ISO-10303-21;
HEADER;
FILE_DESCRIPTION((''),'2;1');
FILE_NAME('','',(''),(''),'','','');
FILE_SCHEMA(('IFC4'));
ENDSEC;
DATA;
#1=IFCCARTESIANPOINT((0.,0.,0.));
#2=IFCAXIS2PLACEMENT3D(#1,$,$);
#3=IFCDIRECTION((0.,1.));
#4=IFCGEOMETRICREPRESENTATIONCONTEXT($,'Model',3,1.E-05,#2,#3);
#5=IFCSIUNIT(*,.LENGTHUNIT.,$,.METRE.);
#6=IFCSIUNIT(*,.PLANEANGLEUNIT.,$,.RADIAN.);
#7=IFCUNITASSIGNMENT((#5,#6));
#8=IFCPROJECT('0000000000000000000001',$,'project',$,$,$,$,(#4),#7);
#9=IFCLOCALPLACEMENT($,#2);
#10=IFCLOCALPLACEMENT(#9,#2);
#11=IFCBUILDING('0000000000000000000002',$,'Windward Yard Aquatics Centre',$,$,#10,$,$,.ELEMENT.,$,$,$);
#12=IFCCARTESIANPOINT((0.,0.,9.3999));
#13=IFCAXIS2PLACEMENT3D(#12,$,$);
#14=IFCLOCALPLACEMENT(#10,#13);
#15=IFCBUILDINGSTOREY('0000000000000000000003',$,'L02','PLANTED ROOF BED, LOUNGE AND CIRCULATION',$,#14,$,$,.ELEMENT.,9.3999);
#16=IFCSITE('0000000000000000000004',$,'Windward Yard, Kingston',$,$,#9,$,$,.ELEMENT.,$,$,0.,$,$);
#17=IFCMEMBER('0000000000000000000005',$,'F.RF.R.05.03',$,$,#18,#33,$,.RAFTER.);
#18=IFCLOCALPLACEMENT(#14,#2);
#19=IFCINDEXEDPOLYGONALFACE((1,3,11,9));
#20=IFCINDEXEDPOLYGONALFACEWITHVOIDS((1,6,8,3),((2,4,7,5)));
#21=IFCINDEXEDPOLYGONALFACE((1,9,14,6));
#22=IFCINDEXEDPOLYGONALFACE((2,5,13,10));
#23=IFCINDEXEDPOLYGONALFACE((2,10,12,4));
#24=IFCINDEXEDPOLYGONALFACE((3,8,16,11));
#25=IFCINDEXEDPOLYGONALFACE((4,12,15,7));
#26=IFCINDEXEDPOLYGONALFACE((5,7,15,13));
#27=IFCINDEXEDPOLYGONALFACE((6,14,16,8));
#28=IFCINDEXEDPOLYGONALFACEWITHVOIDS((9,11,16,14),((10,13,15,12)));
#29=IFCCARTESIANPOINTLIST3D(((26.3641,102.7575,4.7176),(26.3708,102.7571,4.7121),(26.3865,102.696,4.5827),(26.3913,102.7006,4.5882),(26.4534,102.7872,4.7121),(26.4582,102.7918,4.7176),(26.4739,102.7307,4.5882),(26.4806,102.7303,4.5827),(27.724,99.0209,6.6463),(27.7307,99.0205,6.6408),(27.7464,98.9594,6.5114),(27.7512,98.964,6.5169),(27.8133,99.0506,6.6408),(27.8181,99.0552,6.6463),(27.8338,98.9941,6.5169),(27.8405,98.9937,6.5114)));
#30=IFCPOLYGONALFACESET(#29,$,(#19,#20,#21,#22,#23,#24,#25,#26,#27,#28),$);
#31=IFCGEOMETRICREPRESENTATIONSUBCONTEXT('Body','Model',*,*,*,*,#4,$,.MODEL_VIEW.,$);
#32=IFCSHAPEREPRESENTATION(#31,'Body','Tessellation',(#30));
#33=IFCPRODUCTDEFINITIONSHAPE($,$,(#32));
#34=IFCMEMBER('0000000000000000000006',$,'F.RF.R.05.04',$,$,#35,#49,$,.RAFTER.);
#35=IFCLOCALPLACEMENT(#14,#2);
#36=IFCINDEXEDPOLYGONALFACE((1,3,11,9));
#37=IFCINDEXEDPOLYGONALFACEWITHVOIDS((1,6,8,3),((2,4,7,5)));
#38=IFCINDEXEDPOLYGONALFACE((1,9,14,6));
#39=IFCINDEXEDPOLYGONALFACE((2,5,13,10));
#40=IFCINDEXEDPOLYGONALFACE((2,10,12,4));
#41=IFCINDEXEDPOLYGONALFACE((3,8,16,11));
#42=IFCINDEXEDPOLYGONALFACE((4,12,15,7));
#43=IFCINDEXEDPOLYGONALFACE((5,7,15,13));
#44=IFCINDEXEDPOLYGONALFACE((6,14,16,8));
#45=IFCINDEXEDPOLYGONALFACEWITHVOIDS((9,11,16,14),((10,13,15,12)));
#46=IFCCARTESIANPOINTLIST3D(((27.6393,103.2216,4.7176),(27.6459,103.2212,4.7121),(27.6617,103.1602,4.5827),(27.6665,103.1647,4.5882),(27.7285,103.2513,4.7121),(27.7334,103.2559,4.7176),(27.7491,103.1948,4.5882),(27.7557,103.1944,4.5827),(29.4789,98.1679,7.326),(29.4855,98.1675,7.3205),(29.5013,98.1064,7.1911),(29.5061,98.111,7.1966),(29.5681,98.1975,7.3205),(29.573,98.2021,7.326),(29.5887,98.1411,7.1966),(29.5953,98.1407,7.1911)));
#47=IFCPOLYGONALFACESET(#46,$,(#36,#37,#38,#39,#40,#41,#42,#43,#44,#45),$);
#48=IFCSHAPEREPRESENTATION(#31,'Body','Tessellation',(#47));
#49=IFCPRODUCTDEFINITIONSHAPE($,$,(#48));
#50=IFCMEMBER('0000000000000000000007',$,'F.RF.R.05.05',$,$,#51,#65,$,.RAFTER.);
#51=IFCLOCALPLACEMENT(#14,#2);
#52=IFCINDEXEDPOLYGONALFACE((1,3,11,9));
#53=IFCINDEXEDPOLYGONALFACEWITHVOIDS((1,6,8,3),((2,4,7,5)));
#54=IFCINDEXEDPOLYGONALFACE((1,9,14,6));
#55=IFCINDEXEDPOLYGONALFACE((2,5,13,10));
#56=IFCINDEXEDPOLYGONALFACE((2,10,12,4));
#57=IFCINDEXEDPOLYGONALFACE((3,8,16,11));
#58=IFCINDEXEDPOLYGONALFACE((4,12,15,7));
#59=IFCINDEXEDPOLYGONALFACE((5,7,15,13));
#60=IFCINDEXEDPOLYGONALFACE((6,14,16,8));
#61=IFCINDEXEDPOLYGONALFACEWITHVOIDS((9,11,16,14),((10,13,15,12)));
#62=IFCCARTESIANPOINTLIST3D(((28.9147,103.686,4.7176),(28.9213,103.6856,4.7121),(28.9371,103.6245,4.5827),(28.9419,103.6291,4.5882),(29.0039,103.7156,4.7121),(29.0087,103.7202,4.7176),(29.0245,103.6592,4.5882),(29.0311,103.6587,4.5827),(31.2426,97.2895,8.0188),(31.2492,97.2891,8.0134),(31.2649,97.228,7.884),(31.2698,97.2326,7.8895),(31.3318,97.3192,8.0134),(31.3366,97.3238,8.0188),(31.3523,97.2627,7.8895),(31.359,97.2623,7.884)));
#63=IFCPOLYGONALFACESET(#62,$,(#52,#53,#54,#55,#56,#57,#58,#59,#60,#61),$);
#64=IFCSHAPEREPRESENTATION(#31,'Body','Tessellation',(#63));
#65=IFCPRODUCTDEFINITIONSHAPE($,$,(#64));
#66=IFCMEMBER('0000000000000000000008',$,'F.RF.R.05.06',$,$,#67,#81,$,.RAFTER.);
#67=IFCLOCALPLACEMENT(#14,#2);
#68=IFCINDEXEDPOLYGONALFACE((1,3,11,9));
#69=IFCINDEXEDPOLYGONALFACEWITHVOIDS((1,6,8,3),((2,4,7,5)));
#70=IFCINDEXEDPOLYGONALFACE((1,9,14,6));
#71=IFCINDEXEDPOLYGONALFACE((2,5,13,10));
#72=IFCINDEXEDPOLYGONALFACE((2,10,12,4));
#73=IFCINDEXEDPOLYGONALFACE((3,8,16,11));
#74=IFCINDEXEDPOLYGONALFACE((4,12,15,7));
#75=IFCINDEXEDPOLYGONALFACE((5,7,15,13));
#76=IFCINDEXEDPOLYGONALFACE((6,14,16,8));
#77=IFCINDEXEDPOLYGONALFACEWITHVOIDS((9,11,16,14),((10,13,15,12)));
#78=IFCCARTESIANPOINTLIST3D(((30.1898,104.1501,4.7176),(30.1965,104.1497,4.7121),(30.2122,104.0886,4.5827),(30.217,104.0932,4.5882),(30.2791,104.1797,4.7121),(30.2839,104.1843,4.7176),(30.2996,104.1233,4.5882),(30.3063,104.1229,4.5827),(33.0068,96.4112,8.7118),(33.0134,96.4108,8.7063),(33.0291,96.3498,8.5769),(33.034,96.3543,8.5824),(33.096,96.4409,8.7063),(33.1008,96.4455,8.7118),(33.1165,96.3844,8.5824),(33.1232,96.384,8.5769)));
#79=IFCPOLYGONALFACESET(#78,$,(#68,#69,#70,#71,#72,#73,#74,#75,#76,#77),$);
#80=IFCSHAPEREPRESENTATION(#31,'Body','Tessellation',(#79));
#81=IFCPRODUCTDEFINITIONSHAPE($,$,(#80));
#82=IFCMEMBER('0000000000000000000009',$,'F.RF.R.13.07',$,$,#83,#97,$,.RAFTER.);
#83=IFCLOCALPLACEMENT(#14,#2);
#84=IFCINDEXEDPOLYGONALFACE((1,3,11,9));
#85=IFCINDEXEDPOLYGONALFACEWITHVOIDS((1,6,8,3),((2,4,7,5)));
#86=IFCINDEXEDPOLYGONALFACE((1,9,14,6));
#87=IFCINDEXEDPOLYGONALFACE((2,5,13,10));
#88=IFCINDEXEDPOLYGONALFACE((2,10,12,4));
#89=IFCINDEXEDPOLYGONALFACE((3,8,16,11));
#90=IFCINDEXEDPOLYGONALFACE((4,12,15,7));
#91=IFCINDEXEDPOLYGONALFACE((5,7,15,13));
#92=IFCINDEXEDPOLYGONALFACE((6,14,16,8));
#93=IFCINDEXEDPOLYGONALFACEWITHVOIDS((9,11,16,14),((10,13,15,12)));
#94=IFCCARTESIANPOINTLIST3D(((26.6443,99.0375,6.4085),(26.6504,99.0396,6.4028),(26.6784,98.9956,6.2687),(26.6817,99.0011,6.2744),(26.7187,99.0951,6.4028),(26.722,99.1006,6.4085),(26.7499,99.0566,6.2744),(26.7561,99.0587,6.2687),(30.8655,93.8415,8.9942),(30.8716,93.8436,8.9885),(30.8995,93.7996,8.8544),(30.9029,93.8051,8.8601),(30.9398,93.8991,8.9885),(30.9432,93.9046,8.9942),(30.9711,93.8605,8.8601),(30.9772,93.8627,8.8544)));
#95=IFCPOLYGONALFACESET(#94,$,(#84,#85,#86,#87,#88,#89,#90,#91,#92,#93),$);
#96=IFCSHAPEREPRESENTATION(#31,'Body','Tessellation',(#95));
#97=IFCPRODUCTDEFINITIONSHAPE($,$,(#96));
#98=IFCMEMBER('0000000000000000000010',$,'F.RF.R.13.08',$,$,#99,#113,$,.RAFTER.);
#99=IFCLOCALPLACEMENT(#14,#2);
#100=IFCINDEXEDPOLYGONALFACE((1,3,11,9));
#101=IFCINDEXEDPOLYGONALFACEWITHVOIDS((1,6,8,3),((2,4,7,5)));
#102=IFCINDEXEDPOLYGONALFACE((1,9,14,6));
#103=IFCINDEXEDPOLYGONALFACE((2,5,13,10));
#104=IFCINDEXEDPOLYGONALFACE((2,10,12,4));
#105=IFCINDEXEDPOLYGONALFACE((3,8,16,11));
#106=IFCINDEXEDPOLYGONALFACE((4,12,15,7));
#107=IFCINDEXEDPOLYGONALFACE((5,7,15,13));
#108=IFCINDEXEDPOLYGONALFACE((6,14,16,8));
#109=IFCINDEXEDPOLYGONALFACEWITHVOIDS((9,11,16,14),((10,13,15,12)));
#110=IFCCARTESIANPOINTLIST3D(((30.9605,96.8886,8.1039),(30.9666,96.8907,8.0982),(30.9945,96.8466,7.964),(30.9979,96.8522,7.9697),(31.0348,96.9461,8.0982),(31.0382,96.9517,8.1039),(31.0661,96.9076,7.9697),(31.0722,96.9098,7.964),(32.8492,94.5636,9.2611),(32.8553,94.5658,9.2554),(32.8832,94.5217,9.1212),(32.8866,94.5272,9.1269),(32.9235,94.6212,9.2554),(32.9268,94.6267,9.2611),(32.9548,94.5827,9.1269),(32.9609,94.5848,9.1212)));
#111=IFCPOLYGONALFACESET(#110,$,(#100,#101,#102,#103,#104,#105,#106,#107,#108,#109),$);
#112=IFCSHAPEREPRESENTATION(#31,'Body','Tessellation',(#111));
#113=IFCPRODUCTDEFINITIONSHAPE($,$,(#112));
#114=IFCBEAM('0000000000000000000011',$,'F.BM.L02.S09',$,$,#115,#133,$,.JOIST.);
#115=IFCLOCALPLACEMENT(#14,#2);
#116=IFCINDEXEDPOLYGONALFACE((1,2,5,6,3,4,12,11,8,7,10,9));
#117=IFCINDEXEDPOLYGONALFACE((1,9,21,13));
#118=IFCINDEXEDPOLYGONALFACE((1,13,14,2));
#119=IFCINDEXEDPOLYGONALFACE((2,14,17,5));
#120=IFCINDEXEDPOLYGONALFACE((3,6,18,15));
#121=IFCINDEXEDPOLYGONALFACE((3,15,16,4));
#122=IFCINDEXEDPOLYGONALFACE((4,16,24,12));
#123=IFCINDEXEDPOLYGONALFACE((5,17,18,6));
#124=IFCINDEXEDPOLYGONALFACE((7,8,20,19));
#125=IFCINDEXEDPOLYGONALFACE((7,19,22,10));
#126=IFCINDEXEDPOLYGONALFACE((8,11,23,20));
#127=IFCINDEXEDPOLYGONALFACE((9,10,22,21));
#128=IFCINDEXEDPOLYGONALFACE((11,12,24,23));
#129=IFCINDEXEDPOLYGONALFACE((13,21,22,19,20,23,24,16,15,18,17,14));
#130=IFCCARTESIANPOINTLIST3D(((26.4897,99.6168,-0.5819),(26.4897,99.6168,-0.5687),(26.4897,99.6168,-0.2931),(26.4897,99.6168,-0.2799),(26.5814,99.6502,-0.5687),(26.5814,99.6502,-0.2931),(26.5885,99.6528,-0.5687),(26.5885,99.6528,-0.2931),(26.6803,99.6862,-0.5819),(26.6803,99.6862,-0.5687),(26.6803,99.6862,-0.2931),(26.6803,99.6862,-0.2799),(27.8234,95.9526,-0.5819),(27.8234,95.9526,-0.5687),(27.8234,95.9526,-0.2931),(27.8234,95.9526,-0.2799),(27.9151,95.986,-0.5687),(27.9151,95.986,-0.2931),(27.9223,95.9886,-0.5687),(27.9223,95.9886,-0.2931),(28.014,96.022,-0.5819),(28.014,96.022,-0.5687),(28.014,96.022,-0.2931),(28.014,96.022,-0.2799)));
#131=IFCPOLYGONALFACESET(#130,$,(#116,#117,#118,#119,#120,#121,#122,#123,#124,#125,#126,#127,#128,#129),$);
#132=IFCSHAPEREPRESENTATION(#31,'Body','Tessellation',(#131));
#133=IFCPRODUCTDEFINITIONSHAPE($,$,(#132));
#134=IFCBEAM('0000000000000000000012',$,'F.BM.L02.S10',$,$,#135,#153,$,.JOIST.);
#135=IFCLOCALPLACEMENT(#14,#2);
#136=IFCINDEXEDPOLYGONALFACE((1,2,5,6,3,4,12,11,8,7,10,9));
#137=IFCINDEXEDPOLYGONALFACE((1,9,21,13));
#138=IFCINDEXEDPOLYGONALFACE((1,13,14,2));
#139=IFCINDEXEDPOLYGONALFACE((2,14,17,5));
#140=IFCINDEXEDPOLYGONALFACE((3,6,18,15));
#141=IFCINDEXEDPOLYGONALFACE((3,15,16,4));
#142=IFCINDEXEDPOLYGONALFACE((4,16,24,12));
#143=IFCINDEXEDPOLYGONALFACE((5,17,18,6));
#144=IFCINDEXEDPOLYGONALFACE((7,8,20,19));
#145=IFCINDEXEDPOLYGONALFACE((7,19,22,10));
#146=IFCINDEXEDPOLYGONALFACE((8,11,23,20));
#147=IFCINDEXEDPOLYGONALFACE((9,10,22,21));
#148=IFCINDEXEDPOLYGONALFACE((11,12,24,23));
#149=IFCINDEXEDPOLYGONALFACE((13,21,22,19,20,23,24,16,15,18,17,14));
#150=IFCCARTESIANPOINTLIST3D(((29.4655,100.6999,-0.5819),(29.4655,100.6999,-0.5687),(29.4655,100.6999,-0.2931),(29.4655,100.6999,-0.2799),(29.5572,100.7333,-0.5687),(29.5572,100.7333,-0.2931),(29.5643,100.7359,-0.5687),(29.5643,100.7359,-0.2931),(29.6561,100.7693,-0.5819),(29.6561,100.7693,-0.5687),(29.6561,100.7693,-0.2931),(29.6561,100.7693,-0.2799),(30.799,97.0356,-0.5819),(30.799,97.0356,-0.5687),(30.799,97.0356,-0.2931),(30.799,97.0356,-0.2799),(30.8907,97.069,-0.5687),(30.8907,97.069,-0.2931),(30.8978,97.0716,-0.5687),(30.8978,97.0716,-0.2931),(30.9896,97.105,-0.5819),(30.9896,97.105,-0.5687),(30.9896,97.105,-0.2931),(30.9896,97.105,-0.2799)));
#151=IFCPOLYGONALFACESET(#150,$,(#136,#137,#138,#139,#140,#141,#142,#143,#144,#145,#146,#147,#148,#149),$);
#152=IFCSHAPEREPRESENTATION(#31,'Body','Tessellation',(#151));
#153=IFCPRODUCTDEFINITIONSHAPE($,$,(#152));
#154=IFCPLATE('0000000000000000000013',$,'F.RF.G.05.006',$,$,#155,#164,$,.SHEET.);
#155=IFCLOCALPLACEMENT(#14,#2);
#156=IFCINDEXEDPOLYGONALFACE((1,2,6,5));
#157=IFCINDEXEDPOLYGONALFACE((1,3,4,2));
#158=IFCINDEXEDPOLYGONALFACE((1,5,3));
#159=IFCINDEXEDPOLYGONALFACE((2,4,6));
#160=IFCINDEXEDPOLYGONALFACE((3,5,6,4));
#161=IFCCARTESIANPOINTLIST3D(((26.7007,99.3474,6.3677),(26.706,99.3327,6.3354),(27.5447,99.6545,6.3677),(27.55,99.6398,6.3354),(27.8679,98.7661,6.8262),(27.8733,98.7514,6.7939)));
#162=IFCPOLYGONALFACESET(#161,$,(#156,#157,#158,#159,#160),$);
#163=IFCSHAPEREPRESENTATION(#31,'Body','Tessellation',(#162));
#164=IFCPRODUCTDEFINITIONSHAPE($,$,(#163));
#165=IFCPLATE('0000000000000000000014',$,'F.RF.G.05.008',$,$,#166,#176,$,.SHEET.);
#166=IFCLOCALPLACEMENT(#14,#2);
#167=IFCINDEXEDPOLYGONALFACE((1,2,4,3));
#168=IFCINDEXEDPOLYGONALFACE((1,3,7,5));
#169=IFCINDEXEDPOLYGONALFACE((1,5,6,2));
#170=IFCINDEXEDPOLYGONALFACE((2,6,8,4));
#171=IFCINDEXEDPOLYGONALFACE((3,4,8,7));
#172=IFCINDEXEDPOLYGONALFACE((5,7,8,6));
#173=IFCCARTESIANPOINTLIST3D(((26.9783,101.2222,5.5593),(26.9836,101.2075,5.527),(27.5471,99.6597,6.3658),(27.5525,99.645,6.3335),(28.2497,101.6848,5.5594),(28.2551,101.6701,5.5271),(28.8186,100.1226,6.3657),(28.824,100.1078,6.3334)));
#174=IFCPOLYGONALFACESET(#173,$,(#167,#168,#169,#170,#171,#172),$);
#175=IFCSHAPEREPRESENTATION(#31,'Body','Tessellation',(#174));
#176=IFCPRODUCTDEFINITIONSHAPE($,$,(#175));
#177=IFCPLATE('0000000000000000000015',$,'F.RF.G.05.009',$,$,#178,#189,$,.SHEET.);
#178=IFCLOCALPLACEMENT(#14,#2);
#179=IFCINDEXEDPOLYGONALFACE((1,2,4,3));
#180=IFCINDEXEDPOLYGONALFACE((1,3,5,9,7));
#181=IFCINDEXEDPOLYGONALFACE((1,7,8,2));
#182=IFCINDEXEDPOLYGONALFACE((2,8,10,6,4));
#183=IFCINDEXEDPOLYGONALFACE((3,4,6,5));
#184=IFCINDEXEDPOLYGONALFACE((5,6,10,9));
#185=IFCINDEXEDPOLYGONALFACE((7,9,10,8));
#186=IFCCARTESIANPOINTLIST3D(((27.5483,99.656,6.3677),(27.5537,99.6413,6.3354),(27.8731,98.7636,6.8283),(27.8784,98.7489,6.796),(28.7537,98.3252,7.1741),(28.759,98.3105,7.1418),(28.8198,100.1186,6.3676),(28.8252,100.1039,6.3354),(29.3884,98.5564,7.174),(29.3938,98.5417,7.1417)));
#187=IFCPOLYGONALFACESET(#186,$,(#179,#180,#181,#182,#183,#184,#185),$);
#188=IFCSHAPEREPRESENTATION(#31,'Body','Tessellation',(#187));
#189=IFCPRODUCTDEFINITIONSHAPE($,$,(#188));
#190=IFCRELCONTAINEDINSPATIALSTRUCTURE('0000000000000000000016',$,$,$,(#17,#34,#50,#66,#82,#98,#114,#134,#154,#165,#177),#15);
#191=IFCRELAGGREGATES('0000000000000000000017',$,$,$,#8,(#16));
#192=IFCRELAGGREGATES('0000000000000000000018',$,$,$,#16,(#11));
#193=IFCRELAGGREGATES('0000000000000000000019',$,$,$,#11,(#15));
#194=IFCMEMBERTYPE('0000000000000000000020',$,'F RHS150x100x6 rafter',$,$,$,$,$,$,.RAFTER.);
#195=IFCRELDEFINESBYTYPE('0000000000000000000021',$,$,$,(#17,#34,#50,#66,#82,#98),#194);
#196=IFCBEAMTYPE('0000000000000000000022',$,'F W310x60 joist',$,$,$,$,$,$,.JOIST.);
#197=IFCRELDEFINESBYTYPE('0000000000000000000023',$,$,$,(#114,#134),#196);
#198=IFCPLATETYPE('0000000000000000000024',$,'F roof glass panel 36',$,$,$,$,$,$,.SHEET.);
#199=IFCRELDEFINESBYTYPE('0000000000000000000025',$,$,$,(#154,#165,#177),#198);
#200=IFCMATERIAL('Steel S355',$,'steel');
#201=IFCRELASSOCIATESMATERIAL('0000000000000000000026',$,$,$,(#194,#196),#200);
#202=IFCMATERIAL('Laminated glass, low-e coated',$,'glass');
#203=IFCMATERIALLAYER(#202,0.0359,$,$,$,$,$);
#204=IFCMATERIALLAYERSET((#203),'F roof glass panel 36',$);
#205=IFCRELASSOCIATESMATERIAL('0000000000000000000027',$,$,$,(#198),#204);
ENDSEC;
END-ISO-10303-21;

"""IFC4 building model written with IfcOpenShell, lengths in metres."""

from ifc_helpers import new_model, si_unit, direction, frame, origin, origin_2d, place, context, subcontext, project, spatial, polyline, hollow_rectangle, i_section, outline, extrude, material, layer, layer_set, material_profile, profile_set, type_object, element, save


model = new_model("IFC4")

# Units and contexts
model_context = context("Model", 3, precision=1e-05, world=origin(), true_north=direction((0.0, 1.0)))
body_context = subcontext(model_context, "Body", "Model", "MODEL_VIEW")
ifc_project = project(units=[si_unit("LENGTHUNIT", "METRE"), si_unit("PLANEANGLEUNIT", "RADIAN")], contexts=[model_context])

# Site, building, storey
site_placement = place(None, origin())
site = spatial("IfcSite", under=ifc_project, at=site_placement, Name="Windward Yard, Kingston", CompositionType="ELEMENT", RefElevation=0.0)
building_placement = place(site_placement, origin())
building = spatial("IfcBuilding", under=site, at=building_placement, Name="Windward Yard Aquatics Centre", CompositionType="ELEMENT")
storey_placement = place(building_placement, frame((0.0, 0.0, 9.3999)))
storey = spatial("IfcBuildingStorey", under=building, at=storey_placement, Name="L02", Description="PLANTED ROOF BED, LOUNGE AND CIRCULATION", CompositionType="ELEMENT", Elevation=9.3999)

# Members
ifc_material_1 = material(Name="Steel S355", Category="steel")
ifc_material_profile_1 = material_profile(ifc_material_1, hollow_rectangle(XDim=0.1001, YDim=0.1499, WallThickness=0.0061, at=origin_2d()), Name="RHS150x100x6")
ifc_profile_set_1 = profile_set([ifc_material_profile_1], Name="Steel S355")
member_type = type_object("IfcMemberType", Name="F RHS150x100x6 rafter", PredefinedType="RAFTER", material=ifc_profile_set_1)
member_1_placement = place(storey_placement, frame((26.4224, 102.7439, 4.6501), z_axis=(0.307703, -0.845492, 0.436419), x_axis=(0.939704, 0.34199, 0.0)))
element("IfcMember", 1, at=member_1_placement, inside=storey, type_object=member_type, Name="F.RF.R.05.03", PredefinedType="RAFTER", context=body_context, shape_type="SweptSolid", body=[
    extrude(hollow_rectangle(XDim=0.1001, YDim=0.1499, WallThickness=0.0061, at=origin_2d()), origin(), (0.0, 0.0, 1.0), 4.4194),
])
member_2_placement = place(storey_placement, frame((27.6975, 103.208, 4.6501), z_axis=(0.307765, -0.845487, 0.436386), x_axis=(0.939681, 0.342053, 0.0)))
element("IfcMember", 2, at=member_2_placement, inside=storey, type_object=member_type, Name="F.RF.R.05.04", PredefinedType="RAFTER", context=body_context, shape_type="SweptSolid", body=[
    extrude(hollow_rectangle(XDim=0.1001, YDim=0.1499, WallThickness=0.0061, at=origin_2d()), origin(), (0.0, 0.0, 1.0), 5.9773),
])
member_3_placement = place(storey_placement, frame((28.9729, 103.6724, 4.6501), z_axis=(0.307709, -0.845513, 0.436375), x_axis=(0.939704, 0.341988, 0.0)))
element("IfcMember", 3, at=member_3_placement, inside=storey, type_object=member_type, Name="F.RF.R.05.05", PredefinedType="RAFTER", context=body_context, shape_type="SweptSolid", body=[
    extrude(hollow_rectangle(XDim=0.1001, YDim=0.1499, WallThickness=0.0061, at=origin_2d()), origin(), (0.0, 0.0, 1.0), 7.5652),
])
member_4_placement = place(storey_placement, frame((30.248, 104.1365, 4.6501), z_axis=(0.307758, -0.845494, 0.436377), x_axis=(0.939684, 0.342043, 0.0)))
element("IfcMember", 4, at=member_4_placement, inside=storey, type_object=member_type, Name="F.RF.R.05.06", PredefinedType="RAFTER", context=body_context, shape_type="SweptSolid", body=[
    extrude(hollow_rectangle(XDim=0.1001, YDim=0.1499, WallThickness=0.0061, at=origin_2d()), origin(), (0.0, 0.0, 1.0), 9.1531),
])
member_5_placement = place(storey_placement, frame((26.7002, 99.0481, 6.3386), z_axis=(0.588191, -0.724029, 0.360297), x_axis=(0.776158, 0.630539, 0.0)))
element("IfcMember", 5, at=member_5_placement, inside=storey, type_object=member_type, Name="F.RF.R.13.07", PredefinedType="RAFTER", context=body_context, shape_type="SweptSolid", body=[
    extrude(hollow_rectangle(XDim=0.1001, YDim=0.1499, WallThickness=0.0061, at=origin_2d()), origin(), (0.0, 0.0, 1.0), 7.1765),
])
member_6_placement = place(storey_placement, frame((31.0164, 96.8992, 8.0339), z_axis=(0.588156, -0.724019, 0.360375), x_axis=(0.776171, 0.630522, 0.0)))
element("IfcMember", 6, at=member_6_placement, inside=storey, type_object=member_type, Name="F.RF.R.13.08", PredefinedType="RAFTER", context=body_context, shape_type="SweptSolid", body=[
    extrude(hollow_rectangle(XDim=0.1001, YDim=0.1499, WallThickness=0.0061, at=origin_2d()), origin(), (0.0, 0.0, 1.0), 3.2112),
])

# Beams
ifc_material_profile_2 = material_profile(ifc_material_1, i_section(OverallWidth=0.2029, OverallDepth=0.302, WebThickness=0.0076, FlangeThickness=0.0132, at=origin_2d()), Name="W310x60")
ifc_profile_set_2 = profile_set([ifc_material_profile_2], Name="Steel S355")
beam_type = type_object("IfcBeamType", Name="F W310x60 joist", PredefinedType="JOIST", material=ifc_profile_set_2)
for number, where, z_axis, x_axis, name in (
    (7, (27.9187, 95.9873, -0.4309), (-0.34203, 0.939689, 0.0), (-0.939689, -0.34203, 0.0), "F.BM.L02.S09"),
    (8, (30.8943, 97.0703, -0.4309), (-0.341974, 0.939709, 0.0), (-0.939709, -0.341974, 0.0), "F.BM.L02.S10"),
):
    element("IfcBeam", number, at=place(storey_placement, frame(where, z_axis=z_axis, x_axis=x_axis)), inside=storey, type_object=beam_type, Name=name, PredefinedType="JOIST", context=body_context, shape_type="SweptSolid", body=[
        extrude(i_section(OverallWidth=0.2029, OverallDepth=0.302, WebThickness=0.0076, FlangeThickness=0.0132, at=origin_2d()), origin(), (0.0, 0.0, 1.0), 3.8994),
    ])

# Plates
ifc_material_2 = material(Name="Laminated glass, low-e coated", Category="glass")
ifc_layer_1 = layer(ifc_material_2, 0.0359)
ifc_layer_set_1 = layer_set([ifc_layer_1], Name="F roof glass panel 36")
plate_type = type_object("IfcPlateType", Name="F roof glass panel 36", PredefinedType="SHEET", material=ifc_layer_set_1)
plate_1_placement = place(storey_placement, frame((26.7007, 99.3474, 6.3677), z_axis=(-0.14922, 0.410058, 0.89977), x_axis=(0.939714, 0.341961, 0.0)))
element("IfcPlate", 9, at=plate_1_placement, inside=storey, type_object=plate_type, Name="F.RF.G.05.006", PredefinedType="SHEET", context=body_context, shape_type="SweptSolid", body=[
    extrude(outline(polyline([(0.0, 0.0), (0.8981, 0.0), (0.8981, -1.0507), (0.0, 0.0)])), origin(), (0.0, 0.0, -1.0), 0.0359),
])
plate_2_placement = place(storey_placement, frame((26.9783, 101.2222, 5.5593), z_axis=(-0.149245, 0.41006, 0.899765), x_axis=(0.939719, 0.341947, 0.000033)))
element("IfcPlate", 10, at=plate_2_placement, inside=storey, type_object=plate_type, Name="F.RF.G.05.008", PredefinedType="SHEET", context=body_context, shape_type="SweptSolid", body=[
    extrude(outline(polyline([(0.0, 0.0), (1.353, 0.0), (1.3534, -1.8478), (0.0003, -1.848), (0.0, 0.0)])), origin(), (0.0, 0.0, -1.0), 0.0359),
])
plate_3_placement = place(storey_placement, frame((27.5483, 99.656, 6.3677), z_axis=(-0.1492, 0.410108, 0.899751), x_axis=(0.939728, 0.341922, -0.00002)))
element("IfcPlate", 11, at=plate_3_placement, inside=storey, type_object=plate_type, Name="F.RF.G.05.009", PredefinedType="SHEET", context=body_context, shape_type="SweptSolid", body=[
    extrude(outline(polyline([(0.0, 0.0), (1.353, 0.0), (1.3532, -1.8478), (0.6776, -1.848), (0.0, -1.0554), (0.0, 0.0)])), origin(), (0.0, 0.0, -1.0), 0.0359),
])

save(model, "model.ifc")
